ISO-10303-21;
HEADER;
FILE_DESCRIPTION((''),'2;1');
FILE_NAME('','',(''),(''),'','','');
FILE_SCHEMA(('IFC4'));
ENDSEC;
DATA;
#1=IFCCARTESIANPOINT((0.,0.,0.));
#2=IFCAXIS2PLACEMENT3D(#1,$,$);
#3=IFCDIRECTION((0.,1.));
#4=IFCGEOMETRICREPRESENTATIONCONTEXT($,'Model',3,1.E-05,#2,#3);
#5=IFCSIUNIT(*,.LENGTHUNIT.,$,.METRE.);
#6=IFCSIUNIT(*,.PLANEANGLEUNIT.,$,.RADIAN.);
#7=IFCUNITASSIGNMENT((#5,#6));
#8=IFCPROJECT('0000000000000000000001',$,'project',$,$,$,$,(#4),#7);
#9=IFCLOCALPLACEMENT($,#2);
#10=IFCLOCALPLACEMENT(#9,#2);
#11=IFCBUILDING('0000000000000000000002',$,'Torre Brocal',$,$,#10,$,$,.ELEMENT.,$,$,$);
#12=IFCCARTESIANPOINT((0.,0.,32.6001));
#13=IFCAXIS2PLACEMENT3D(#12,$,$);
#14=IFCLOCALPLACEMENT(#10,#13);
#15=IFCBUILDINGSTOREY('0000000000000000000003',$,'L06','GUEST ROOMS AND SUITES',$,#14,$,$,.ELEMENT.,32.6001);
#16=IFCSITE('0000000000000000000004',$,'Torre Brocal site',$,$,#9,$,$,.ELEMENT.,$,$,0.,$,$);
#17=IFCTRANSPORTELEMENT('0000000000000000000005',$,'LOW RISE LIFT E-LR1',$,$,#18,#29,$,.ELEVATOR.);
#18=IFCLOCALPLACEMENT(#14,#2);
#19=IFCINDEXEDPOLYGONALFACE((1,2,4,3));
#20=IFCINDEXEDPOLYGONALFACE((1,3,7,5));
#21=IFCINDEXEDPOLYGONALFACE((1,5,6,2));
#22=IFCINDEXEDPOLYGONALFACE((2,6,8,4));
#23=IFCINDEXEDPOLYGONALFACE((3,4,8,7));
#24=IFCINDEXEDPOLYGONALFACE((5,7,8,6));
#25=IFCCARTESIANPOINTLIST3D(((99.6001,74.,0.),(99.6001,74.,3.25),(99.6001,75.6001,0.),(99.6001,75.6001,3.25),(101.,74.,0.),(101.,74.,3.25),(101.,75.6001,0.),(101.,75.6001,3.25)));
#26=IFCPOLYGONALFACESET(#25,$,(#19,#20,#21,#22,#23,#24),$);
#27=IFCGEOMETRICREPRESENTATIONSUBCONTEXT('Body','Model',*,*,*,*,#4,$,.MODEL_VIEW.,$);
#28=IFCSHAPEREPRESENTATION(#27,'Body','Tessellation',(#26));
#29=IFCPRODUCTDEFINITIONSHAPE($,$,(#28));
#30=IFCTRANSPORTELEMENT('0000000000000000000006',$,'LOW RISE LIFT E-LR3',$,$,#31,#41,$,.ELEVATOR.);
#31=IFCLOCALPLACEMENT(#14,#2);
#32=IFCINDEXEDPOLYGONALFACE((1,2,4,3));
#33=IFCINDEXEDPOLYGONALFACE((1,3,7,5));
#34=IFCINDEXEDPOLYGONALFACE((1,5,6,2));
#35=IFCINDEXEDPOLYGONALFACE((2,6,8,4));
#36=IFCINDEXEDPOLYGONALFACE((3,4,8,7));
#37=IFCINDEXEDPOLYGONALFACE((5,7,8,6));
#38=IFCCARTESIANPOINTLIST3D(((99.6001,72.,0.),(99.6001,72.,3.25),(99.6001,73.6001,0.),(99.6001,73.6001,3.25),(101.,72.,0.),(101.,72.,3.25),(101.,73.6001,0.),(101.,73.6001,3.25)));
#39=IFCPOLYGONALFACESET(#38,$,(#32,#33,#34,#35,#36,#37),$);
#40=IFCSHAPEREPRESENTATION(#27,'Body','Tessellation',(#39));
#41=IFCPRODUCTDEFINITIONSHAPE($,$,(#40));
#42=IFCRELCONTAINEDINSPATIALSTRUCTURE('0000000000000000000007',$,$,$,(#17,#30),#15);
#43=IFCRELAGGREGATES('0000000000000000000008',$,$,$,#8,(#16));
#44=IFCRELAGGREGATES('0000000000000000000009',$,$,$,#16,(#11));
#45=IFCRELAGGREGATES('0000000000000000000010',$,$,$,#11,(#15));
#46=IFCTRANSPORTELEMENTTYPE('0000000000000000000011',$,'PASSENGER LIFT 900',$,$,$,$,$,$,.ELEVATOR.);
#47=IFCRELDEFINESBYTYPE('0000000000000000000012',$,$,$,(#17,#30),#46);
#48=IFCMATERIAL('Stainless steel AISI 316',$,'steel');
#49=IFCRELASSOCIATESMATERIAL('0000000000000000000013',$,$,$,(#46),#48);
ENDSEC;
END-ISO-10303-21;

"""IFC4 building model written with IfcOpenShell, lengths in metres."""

from ifc_helpers import new_model, si_unit, direction, frame, origin, origin_2d, place, context, subcontext, project, spatial, rectangle, extrude, material, type_object, element, save


model = new_model("IFC4")

# Units and contexts
model_context = context("Model", 3, precision=1e-05, world=origin(), true_north=direction((0.0, 1.0)))
body_context = subcontext(model_context, "Body", "Model", "MODEL_VIEW")
ifc_project = project(units=[si_unit("LENGTHUNIT", "METRE"), si_unit("PLANEANGLEUNIT", "RADIAN")], contexts=[model_context])

# Site, building, storey
site_placement = place(None, origin())
site = spatial("IfcSite", under=ifc_project, at=site_placement, Name="Torre Brocal site", CompositionType="ELEMENT", RefElevation=0.0)
building_placement = place(site_placement, origin())
building = spatial("IfcBuilding", under=site, at=building_placement, Name="Torre Brocal", CompositionType="ELEMENT")
storey_placement = place(building_placement, frame((0.0, 0.0, 32.6001)))
storey = spatial("IfcBuildingStorey", under=building, at=storey_placement, Name="L06", Description="GUEST ROOMS AND SUITES", CompositionType="ELEMENT", Elevation=32.6001)

# Transport elements
ifc_material_1 = material(Name="Stainless steel AISI 316", Category="steel")
transport_element_type_1 = type_object("IfcTransportElementType", Name="PASSENGER LIFT 900", PredefinedType="ELEVATOR", material=ifc_material_1)
for number, where, z_axis, x_axis, name in (
    (1, (100.3, 74.8, 0.0), (0.0, 0.0, 1.0), (1.0, 0.0, 0.0), "LOW RISE LIFT E-LR1"),
    (2, (100.3, 72.8, 0.0), (0.0, 0.0, 1.0), (1.0, 0.0, 0.0), "LOW RISE LIFT E-LR3"),
):
    element("IfcTransportElement", number, at=place(storey_placement, frame(where, z_axis=z_axis, x_axis=x_axis)), inside=storey, type_object=transport_element_type_1, Name=name, PredefinedType="ELEVATOR", context=body_context, shape_type="SweptSolid", body=[
        extrude(rectangle(XDim=1.3999, YDim=1.6001, at=origin_2d()), origin(), (0.0, 0.0, 1.0), 3.25),
    ])

save(model, "model.ifc")
